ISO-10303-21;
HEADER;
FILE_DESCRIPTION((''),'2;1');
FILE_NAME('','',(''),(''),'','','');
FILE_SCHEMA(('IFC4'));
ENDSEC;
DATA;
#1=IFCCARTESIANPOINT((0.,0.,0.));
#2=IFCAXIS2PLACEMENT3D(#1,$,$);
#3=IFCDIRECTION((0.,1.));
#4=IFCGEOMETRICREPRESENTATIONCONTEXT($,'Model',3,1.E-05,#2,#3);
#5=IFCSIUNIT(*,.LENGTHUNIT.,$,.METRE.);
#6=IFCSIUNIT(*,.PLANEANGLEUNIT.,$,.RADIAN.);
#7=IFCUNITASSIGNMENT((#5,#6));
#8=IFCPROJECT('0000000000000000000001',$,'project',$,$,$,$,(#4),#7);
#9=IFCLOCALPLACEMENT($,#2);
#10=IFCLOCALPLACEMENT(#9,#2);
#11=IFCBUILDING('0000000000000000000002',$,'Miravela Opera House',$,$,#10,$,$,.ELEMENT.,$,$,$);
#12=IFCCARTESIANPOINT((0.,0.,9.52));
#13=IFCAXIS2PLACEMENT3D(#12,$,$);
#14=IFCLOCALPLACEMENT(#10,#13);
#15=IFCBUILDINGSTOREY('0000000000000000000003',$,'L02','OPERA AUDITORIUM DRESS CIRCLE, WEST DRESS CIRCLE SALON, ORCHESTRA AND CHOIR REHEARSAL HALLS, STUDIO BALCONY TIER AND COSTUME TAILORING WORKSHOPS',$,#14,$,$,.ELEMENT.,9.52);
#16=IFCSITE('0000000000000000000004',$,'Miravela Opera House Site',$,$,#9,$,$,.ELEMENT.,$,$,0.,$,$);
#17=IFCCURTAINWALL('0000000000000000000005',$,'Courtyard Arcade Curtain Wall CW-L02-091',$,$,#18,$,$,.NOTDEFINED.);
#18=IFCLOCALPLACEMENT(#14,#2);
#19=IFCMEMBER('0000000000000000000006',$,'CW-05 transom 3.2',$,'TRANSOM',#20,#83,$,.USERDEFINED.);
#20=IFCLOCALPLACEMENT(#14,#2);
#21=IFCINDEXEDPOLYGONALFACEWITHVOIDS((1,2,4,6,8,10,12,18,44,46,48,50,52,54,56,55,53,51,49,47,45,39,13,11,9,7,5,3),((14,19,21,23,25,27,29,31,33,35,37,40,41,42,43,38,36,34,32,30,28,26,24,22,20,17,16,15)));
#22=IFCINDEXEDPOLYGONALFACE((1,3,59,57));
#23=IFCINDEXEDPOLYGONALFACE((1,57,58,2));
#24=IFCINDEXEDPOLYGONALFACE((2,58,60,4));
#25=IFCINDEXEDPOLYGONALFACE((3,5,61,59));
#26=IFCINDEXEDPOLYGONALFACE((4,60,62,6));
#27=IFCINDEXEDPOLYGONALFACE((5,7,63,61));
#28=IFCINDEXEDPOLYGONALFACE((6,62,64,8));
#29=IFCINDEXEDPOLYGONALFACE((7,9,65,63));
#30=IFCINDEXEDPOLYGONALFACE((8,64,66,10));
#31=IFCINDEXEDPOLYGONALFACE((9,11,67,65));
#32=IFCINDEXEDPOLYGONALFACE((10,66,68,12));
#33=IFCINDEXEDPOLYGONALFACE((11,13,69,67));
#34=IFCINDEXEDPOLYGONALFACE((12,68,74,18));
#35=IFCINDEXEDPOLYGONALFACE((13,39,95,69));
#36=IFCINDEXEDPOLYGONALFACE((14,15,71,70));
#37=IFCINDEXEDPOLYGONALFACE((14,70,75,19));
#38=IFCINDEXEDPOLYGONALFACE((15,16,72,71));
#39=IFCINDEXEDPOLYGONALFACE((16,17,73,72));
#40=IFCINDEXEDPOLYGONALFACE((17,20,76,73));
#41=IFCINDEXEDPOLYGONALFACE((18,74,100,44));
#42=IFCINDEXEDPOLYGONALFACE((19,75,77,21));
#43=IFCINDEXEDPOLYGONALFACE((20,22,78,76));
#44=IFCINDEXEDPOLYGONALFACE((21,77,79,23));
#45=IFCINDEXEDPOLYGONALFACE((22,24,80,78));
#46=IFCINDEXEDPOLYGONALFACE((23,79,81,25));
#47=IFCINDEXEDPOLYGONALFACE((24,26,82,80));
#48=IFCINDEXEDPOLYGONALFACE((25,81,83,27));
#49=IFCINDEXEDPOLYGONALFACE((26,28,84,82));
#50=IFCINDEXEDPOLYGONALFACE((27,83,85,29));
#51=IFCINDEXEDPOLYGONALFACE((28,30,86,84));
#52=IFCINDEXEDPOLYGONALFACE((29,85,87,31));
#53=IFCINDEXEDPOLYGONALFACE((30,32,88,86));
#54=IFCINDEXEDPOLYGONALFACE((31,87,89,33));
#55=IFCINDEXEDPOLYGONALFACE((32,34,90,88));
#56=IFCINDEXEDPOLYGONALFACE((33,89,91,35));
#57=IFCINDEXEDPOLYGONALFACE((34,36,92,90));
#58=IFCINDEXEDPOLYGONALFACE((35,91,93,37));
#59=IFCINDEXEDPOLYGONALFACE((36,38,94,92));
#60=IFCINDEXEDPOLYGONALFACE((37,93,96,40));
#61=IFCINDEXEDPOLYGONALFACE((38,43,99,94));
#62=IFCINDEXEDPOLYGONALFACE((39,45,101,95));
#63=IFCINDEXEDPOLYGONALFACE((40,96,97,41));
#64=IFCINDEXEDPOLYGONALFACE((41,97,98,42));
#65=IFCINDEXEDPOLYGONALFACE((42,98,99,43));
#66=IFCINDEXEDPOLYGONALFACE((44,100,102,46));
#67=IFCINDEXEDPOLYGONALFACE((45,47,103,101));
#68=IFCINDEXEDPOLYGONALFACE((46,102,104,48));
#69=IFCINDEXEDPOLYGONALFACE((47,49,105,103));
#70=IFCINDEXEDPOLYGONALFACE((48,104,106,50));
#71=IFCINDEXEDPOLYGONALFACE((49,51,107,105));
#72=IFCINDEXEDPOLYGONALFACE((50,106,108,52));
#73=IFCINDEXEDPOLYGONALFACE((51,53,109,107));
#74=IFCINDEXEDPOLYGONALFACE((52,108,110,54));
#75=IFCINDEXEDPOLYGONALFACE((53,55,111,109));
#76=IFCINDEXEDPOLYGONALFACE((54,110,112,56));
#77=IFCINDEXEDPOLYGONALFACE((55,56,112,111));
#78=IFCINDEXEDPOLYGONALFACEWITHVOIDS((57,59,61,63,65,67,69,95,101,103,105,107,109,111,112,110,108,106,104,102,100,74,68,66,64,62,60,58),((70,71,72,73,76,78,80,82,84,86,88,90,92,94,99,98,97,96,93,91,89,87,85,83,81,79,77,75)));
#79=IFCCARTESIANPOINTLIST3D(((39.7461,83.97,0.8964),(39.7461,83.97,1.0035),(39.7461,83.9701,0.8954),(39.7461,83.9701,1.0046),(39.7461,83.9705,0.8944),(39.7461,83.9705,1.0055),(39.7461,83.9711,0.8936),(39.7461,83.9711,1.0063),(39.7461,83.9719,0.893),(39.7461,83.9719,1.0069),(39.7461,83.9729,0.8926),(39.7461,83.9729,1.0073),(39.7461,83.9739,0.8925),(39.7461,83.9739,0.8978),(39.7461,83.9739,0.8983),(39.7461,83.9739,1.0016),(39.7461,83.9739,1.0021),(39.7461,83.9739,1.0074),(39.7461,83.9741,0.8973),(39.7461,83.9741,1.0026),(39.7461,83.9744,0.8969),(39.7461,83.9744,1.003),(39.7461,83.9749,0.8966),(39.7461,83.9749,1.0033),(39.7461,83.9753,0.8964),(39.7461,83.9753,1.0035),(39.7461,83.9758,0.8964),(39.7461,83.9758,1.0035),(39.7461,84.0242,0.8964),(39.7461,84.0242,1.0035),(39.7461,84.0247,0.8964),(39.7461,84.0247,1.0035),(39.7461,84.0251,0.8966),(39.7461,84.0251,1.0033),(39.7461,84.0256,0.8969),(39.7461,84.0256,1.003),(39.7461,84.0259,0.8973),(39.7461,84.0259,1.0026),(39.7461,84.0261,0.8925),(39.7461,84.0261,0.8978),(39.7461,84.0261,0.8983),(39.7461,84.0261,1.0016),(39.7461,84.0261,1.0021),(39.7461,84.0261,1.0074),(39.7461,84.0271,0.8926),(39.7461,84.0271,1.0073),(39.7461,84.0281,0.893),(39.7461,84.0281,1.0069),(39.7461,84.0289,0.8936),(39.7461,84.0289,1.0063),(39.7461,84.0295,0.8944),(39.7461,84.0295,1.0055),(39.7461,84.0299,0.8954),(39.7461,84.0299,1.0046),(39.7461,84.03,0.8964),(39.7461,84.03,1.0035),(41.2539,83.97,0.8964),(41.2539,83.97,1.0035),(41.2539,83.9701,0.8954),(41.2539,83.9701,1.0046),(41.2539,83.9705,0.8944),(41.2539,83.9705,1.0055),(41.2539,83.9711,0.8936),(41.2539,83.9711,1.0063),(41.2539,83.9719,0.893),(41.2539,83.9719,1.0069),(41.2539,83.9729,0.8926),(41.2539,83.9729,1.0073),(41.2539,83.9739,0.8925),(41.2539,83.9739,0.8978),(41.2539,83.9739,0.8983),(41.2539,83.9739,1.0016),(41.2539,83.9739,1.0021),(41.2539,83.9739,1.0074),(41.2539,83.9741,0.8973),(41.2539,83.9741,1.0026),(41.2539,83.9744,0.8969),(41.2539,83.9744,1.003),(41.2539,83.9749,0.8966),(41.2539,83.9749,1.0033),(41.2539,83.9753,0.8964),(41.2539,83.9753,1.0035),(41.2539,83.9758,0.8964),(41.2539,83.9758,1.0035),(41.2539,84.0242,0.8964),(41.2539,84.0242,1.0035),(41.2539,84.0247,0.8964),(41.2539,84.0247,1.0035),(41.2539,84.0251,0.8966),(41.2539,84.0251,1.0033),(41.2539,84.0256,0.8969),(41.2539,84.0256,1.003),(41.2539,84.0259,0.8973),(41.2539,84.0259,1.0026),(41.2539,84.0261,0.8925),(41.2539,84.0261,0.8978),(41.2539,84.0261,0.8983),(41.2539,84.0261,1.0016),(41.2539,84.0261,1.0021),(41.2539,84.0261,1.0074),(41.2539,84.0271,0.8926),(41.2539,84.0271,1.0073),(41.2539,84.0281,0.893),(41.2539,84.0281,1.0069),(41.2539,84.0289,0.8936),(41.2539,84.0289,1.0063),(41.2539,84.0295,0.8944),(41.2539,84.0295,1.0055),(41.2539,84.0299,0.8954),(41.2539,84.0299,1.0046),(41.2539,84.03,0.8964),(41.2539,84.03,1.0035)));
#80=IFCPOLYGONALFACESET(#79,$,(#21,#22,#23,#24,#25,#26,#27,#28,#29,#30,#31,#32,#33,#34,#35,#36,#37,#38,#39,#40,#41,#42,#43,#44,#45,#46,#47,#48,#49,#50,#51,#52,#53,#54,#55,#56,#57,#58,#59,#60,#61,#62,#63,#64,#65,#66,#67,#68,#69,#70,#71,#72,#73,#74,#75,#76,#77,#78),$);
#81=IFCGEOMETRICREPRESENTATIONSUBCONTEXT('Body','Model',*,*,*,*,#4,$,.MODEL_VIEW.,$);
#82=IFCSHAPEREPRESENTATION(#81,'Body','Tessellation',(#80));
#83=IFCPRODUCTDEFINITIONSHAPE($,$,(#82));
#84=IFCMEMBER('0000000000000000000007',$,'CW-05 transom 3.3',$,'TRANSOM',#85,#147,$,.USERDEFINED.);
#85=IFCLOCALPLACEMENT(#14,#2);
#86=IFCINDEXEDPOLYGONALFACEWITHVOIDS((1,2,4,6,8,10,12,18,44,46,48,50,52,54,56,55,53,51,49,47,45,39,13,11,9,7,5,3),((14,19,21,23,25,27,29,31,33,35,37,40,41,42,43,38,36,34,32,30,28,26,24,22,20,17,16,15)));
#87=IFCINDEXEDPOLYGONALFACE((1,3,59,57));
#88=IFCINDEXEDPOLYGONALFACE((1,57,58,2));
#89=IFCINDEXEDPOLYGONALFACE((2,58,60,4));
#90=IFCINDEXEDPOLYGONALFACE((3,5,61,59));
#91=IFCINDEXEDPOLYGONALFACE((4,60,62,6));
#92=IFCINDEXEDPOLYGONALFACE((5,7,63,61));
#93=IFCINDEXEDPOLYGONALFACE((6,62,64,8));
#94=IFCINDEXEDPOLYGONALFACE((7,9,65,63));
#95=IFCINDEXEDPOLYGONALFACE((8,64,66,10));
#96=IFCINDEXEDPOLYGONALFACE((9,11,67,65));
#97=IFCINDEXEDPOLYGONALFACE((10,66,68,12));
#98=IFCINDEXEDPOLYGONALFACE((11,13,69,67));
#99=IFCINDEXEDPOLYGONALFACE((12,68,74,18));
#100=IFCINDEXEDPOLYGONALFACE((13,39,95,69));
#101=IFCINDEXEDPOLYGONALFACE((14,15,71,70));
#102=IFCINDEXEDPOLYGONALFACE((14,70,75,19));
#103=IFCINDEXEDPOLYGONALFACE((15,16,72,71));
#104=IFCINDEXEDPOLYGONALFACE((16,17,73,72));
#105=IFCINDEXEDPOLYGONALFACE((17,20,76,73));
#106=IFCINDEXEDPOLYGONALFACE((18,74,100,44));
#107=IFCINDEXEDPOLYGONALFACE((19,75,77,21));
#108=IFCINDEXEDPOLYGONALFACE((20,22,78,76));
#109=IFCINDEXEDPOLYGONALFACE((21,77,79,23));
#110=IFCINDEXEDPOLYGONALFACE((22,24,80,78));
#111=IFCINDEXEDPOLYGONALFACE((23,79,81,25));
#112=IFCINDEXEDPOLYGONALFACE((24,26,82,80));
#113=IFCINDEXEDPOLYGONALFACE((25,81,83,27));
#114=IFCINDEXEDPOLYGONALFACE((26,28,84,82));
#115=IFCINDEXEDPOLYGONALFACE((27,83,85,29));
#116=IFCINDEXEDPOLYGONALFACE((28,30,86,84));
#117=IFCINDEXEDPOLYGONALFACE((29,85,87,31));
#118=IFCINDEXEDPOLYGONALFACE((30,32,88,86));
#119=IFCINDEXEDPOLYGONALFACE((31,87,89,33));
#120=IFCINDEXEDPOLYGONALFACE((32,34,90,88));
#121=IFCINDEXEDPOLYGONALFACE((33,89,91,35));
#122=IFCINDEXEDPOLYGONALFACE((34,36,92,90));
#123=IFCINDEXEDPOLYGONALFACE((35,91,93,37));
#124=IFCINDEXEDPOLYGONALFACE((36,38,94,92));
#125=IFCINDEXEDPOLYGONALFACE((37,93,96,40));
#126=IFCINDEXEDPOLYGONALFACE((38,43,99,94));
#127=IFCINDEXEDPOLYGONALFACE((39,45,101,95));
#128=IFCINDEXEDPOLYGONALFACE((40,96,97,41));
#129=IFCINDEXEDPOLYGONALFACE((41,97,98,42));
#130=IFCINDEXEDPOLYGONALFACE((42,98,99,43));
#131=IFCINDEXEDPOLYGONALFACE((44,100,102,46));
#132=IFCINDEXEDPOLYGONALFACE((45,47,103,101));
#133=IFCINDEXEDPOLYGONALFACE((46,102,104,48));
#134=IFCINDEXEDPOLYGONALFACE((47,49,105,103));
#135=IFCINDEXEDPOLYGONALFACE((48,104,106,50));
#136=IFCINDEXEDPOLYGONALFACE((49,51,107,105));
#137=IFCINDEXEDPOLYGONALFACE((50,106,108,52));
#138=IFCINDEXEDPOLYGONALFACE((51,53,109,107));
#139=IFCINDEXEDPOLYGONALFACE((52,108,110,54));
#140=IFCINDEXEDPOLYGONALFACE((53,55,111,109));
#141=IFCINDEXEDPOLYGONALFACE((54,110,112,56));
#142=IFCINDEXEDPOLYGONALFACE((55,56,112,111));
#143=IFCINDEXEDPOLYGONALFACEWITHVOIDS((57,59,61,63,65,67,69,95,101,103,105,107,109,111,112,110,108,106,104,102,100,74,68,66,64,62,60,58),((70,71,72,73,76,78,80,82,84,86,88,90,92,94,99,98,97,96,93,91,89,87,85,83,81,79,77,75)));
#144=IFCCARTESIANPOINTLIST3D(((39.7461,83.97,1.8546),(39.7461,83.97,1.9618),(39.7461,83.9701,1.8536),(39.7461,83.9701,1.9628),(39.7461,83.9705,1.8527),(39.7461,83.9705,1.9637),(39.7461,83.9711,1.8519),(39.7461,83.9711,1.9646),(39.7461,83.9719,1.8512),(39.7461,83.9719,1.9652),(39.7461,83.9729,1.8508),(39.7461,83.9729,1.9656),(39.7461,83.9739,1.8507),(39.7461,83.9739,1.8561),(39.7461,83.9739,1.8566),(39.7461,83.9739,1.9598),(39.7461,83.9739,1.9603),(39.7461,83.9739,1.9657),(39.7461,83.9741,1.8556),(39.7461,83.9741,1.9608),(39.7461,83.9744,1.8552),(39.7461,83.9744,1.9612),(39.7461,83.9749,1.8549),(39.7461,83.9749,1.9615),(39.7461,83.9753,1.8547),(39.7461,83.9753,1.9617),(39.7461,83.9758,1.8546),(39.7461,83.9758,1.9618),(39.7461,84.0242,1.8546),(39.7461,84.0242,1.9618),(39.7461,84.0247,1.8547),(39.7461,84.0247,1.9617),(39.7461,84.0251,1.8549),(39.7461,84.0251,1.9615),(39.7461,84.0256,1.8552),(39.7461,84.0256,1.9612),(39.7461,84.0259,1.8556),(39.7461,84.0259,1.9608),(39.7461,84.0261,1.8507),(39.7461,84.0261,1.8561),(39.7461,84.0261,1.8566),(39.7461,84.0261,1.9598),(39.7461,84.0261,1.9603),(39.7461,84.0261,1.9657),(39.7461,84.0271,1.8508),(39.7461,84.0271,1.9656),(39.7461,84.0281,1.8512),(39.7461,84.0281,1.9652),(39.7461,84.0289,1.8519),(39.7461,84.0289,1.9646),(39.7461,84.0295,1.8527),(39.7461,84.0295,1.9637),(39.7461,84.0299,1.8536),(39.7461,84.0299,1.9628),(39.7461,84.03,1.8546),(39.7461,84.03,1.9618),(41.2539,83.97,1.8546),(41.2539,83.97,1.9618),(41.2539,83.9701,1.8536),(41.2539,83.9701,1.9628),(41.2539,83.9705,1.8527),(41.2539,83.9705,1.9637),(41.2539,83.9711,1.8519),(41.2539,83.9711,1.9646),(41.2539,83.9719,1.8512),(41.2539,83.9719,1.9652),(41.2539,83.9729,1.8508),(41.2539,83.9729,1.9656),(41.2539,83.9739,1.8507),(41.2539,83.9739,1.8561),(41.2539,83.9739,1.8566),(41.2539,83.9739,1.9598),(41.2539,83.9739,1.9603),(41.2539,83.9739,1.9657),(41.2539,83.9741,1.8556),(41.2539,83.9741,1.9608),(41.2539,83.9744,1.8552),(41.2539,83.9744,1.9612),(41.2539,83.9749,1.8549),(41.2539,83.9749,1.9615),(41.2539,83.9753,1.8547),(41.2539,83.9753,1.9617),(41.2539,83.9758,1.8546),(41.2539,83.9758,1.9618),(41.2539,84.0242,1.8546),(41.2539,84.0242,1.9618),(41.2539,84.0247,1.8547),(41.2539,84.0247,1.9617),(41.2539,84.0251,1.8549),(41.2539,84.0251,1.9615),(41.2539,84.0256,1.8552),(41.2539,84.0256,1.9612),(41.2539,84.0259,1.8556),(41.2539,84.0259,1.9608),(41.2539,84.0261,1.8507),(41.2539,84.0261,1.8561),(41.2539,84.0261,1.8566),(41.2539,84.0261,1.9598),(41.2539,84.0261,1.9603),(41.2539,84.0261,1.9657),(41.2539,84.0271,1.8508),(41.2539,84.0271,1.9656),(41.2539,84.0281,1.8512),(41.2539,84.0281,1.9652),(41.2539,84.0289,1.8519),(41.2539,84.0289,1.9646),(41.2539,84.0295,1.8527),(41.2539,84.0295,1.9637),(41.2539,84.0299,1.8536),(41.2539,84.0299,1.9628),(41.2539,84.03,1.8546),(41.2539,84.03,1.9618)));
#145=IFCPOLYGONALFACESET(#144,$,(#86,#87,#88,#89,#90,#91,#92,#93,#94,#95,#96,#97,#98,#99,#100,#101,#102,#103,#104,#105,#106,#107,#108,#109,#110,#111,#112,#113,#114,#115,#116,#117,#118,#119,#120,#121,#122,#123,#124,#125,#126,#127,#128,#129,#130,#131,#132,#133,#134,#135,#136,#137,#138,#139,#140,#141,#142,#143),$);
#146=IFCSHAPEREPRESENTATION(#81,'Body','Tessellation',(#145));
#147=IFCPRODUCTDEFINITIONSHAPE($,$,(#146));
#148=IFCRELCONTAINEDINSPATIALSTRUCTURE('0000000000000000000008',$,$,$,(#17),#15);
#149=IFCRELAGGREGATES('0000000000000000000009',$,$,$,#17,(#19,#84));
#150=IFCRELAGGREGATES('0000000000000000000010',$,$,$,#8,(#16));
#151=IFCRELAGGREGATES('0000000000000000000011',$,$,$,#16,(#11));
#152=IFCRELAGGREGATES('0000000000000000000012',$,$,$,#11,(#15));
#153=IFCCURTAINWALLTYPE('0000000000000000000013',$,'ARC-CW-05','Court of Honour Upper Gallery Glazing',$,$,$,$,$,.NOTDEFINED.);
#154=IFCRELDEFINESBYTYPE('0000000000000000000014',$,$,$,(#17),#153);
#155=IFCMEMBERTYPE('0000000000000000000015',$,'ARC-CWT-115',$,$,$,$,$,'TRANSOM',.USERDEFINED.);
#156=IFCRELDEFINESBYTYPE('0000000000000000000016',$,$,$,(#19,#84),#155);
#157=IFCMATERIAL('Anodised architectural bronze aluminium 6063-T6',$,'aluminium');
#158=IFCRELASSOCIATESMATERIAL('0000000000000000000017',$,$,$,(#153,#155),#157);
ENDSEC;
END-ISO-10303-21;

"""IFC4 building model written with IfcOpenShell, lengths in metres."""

from ifc_helpers import new_model, si_unit, direction, frame, origin, origin_2d, place, context, subcontext, project, spatial, hollow_rectangle, extrude, material, material_profile, profile_set, type_object, element, aggregate, save


model = new_model("IFC4")

# Units and contexts
model_context = context("Model", 3, precision=1e-05, world=origin(), true_north=direction((0.0, 1.0)))
body_context = subcontext(model_context, "Body", "Model", "MODEL_VIEW")
ifc_project = project(units=[si_unit("LENGTHUNIT", "METRE"), si_unit("PLANEANGLEUNIT", "RADIAN")], contexts=[model_context])

# Site, building, storey
site_placement = place(None, origin())
site = spatial("IfcSite", under=ifc_project, at=site_placement, Name="Miravela Opera House Site", CompositionType="ELEMENT", RefElevation=0.0)
building_placement = place(site_placement, origin())
building = spatial("IfcBuilding", under=site, at=building_placement, Name="Miravela Opera House", CompositionType="ELEMENT")
storey_placement = place(building_placement, frame((0.0, 0.0, 9.52)))
storey = spatial("IfcBuildingStorey", under=building, at=storey_placement, Name="L02", Description="OPERA AUDITORIUM DRESS CIRCLE, WEST DRESS CIRCLE SALON, ORCHESTRA AND CHOIR REHEARSAL HALLS, STUDIO BALCONY TIER AND COSTUME TAILORING WORKSHOPS", CompositionType="ELEMENT", Elevation=9.52)

# Curtain wall, members
ifc_material_1 = material(Name="Anodised architectural bronze aluminium 6063-T6", Category="aluminium")
curtain_wall_type = type_object("IfcCurtainWallType", Name="ARC-CW-05", Description="Court of Honour Upper Gallery Glazing", PredefinedType="NOTDEFINED", material=ifc_material_1)
curtain_wall_placement = place(storey_placement, origin())
curtain_wall = element("IfcCurtainWall", 1, at=curtain_wall_placement, inside=storey, type_object=curtain_wall_type, Name="Courtyard Arcade Curtain Wall CW-L02-091", PredefinedType="NOTDEFINED")
ifc_material_profile_1 = material_profile(ifc_material_1, hollow_rectangle(XDim=0.0601, YDim=0.115, WallThickness=0.0039, InnerFilletRadius=0.002, OuterFilletRadius=0.0039, at=origin_2d()), Name="CWT-60X115")
ifc_profile_set_1 = profile_set([ifc_material_profile_1])
member_type_1 = type_object("IfcMemberType", Name="ARC-CWT-115", ElementType="TRANSOM", PredefinedType="USERDEFINED", material=ifc_profile_set_1)
member_1_placement = place(storey_placement, frame((39.7461, 84.0, 0.95), z_axis=(1.0, 0.0, 0.0), x_axis=(0.0, 1.0, 0.0)))
member_1 = element("IfcMember", 2, at=member_1_placement, type_object=member_type_1, Name="CW-05 transom 3.2", ObjectType="TRANSOM", PredefinedType="USERDEFINED", context=body_context, shape_type="SweptSolid", body=[
    extrude(hollow_rectangle(XDim=0.0601, YDim=0.115, WallThickness=0.0039, InnerFilletRadius=0.002, OuterFilletRadius=0.0039, at=origin_2d()), origin(), (0.0, 0.0, 1.0), 1.5078),
])
member_2_placement = place(storey_placement, frame((39.7461, 84.0, 1.9082), z_axis=(1.0, 0.0, 0.0), x_axis=(0.0, 1.0, 0.0)))
member_2 = element("IfcMember", 3, at=member_2_placement, type_object=member_type_1, Name="CW-05 transom 3.3", ObjectType="TRANSOM", PredefinedType="USERDEFINED", context=body_context, shape_type="SweptSolid", body=[
    extrude(hollow_rectangle(XDim=0.0601, YDim=0.115, WallThickness=0.0039, InnerFilletRadius=0.002, OuterFilletRadius=0.0039, at=origin_2d()), origin(), (0.0, 0.0, 1.0), 1.5078),
])
aggregate(curtain_wall, [member_1, member_2])

save(model, "model.ifc")
